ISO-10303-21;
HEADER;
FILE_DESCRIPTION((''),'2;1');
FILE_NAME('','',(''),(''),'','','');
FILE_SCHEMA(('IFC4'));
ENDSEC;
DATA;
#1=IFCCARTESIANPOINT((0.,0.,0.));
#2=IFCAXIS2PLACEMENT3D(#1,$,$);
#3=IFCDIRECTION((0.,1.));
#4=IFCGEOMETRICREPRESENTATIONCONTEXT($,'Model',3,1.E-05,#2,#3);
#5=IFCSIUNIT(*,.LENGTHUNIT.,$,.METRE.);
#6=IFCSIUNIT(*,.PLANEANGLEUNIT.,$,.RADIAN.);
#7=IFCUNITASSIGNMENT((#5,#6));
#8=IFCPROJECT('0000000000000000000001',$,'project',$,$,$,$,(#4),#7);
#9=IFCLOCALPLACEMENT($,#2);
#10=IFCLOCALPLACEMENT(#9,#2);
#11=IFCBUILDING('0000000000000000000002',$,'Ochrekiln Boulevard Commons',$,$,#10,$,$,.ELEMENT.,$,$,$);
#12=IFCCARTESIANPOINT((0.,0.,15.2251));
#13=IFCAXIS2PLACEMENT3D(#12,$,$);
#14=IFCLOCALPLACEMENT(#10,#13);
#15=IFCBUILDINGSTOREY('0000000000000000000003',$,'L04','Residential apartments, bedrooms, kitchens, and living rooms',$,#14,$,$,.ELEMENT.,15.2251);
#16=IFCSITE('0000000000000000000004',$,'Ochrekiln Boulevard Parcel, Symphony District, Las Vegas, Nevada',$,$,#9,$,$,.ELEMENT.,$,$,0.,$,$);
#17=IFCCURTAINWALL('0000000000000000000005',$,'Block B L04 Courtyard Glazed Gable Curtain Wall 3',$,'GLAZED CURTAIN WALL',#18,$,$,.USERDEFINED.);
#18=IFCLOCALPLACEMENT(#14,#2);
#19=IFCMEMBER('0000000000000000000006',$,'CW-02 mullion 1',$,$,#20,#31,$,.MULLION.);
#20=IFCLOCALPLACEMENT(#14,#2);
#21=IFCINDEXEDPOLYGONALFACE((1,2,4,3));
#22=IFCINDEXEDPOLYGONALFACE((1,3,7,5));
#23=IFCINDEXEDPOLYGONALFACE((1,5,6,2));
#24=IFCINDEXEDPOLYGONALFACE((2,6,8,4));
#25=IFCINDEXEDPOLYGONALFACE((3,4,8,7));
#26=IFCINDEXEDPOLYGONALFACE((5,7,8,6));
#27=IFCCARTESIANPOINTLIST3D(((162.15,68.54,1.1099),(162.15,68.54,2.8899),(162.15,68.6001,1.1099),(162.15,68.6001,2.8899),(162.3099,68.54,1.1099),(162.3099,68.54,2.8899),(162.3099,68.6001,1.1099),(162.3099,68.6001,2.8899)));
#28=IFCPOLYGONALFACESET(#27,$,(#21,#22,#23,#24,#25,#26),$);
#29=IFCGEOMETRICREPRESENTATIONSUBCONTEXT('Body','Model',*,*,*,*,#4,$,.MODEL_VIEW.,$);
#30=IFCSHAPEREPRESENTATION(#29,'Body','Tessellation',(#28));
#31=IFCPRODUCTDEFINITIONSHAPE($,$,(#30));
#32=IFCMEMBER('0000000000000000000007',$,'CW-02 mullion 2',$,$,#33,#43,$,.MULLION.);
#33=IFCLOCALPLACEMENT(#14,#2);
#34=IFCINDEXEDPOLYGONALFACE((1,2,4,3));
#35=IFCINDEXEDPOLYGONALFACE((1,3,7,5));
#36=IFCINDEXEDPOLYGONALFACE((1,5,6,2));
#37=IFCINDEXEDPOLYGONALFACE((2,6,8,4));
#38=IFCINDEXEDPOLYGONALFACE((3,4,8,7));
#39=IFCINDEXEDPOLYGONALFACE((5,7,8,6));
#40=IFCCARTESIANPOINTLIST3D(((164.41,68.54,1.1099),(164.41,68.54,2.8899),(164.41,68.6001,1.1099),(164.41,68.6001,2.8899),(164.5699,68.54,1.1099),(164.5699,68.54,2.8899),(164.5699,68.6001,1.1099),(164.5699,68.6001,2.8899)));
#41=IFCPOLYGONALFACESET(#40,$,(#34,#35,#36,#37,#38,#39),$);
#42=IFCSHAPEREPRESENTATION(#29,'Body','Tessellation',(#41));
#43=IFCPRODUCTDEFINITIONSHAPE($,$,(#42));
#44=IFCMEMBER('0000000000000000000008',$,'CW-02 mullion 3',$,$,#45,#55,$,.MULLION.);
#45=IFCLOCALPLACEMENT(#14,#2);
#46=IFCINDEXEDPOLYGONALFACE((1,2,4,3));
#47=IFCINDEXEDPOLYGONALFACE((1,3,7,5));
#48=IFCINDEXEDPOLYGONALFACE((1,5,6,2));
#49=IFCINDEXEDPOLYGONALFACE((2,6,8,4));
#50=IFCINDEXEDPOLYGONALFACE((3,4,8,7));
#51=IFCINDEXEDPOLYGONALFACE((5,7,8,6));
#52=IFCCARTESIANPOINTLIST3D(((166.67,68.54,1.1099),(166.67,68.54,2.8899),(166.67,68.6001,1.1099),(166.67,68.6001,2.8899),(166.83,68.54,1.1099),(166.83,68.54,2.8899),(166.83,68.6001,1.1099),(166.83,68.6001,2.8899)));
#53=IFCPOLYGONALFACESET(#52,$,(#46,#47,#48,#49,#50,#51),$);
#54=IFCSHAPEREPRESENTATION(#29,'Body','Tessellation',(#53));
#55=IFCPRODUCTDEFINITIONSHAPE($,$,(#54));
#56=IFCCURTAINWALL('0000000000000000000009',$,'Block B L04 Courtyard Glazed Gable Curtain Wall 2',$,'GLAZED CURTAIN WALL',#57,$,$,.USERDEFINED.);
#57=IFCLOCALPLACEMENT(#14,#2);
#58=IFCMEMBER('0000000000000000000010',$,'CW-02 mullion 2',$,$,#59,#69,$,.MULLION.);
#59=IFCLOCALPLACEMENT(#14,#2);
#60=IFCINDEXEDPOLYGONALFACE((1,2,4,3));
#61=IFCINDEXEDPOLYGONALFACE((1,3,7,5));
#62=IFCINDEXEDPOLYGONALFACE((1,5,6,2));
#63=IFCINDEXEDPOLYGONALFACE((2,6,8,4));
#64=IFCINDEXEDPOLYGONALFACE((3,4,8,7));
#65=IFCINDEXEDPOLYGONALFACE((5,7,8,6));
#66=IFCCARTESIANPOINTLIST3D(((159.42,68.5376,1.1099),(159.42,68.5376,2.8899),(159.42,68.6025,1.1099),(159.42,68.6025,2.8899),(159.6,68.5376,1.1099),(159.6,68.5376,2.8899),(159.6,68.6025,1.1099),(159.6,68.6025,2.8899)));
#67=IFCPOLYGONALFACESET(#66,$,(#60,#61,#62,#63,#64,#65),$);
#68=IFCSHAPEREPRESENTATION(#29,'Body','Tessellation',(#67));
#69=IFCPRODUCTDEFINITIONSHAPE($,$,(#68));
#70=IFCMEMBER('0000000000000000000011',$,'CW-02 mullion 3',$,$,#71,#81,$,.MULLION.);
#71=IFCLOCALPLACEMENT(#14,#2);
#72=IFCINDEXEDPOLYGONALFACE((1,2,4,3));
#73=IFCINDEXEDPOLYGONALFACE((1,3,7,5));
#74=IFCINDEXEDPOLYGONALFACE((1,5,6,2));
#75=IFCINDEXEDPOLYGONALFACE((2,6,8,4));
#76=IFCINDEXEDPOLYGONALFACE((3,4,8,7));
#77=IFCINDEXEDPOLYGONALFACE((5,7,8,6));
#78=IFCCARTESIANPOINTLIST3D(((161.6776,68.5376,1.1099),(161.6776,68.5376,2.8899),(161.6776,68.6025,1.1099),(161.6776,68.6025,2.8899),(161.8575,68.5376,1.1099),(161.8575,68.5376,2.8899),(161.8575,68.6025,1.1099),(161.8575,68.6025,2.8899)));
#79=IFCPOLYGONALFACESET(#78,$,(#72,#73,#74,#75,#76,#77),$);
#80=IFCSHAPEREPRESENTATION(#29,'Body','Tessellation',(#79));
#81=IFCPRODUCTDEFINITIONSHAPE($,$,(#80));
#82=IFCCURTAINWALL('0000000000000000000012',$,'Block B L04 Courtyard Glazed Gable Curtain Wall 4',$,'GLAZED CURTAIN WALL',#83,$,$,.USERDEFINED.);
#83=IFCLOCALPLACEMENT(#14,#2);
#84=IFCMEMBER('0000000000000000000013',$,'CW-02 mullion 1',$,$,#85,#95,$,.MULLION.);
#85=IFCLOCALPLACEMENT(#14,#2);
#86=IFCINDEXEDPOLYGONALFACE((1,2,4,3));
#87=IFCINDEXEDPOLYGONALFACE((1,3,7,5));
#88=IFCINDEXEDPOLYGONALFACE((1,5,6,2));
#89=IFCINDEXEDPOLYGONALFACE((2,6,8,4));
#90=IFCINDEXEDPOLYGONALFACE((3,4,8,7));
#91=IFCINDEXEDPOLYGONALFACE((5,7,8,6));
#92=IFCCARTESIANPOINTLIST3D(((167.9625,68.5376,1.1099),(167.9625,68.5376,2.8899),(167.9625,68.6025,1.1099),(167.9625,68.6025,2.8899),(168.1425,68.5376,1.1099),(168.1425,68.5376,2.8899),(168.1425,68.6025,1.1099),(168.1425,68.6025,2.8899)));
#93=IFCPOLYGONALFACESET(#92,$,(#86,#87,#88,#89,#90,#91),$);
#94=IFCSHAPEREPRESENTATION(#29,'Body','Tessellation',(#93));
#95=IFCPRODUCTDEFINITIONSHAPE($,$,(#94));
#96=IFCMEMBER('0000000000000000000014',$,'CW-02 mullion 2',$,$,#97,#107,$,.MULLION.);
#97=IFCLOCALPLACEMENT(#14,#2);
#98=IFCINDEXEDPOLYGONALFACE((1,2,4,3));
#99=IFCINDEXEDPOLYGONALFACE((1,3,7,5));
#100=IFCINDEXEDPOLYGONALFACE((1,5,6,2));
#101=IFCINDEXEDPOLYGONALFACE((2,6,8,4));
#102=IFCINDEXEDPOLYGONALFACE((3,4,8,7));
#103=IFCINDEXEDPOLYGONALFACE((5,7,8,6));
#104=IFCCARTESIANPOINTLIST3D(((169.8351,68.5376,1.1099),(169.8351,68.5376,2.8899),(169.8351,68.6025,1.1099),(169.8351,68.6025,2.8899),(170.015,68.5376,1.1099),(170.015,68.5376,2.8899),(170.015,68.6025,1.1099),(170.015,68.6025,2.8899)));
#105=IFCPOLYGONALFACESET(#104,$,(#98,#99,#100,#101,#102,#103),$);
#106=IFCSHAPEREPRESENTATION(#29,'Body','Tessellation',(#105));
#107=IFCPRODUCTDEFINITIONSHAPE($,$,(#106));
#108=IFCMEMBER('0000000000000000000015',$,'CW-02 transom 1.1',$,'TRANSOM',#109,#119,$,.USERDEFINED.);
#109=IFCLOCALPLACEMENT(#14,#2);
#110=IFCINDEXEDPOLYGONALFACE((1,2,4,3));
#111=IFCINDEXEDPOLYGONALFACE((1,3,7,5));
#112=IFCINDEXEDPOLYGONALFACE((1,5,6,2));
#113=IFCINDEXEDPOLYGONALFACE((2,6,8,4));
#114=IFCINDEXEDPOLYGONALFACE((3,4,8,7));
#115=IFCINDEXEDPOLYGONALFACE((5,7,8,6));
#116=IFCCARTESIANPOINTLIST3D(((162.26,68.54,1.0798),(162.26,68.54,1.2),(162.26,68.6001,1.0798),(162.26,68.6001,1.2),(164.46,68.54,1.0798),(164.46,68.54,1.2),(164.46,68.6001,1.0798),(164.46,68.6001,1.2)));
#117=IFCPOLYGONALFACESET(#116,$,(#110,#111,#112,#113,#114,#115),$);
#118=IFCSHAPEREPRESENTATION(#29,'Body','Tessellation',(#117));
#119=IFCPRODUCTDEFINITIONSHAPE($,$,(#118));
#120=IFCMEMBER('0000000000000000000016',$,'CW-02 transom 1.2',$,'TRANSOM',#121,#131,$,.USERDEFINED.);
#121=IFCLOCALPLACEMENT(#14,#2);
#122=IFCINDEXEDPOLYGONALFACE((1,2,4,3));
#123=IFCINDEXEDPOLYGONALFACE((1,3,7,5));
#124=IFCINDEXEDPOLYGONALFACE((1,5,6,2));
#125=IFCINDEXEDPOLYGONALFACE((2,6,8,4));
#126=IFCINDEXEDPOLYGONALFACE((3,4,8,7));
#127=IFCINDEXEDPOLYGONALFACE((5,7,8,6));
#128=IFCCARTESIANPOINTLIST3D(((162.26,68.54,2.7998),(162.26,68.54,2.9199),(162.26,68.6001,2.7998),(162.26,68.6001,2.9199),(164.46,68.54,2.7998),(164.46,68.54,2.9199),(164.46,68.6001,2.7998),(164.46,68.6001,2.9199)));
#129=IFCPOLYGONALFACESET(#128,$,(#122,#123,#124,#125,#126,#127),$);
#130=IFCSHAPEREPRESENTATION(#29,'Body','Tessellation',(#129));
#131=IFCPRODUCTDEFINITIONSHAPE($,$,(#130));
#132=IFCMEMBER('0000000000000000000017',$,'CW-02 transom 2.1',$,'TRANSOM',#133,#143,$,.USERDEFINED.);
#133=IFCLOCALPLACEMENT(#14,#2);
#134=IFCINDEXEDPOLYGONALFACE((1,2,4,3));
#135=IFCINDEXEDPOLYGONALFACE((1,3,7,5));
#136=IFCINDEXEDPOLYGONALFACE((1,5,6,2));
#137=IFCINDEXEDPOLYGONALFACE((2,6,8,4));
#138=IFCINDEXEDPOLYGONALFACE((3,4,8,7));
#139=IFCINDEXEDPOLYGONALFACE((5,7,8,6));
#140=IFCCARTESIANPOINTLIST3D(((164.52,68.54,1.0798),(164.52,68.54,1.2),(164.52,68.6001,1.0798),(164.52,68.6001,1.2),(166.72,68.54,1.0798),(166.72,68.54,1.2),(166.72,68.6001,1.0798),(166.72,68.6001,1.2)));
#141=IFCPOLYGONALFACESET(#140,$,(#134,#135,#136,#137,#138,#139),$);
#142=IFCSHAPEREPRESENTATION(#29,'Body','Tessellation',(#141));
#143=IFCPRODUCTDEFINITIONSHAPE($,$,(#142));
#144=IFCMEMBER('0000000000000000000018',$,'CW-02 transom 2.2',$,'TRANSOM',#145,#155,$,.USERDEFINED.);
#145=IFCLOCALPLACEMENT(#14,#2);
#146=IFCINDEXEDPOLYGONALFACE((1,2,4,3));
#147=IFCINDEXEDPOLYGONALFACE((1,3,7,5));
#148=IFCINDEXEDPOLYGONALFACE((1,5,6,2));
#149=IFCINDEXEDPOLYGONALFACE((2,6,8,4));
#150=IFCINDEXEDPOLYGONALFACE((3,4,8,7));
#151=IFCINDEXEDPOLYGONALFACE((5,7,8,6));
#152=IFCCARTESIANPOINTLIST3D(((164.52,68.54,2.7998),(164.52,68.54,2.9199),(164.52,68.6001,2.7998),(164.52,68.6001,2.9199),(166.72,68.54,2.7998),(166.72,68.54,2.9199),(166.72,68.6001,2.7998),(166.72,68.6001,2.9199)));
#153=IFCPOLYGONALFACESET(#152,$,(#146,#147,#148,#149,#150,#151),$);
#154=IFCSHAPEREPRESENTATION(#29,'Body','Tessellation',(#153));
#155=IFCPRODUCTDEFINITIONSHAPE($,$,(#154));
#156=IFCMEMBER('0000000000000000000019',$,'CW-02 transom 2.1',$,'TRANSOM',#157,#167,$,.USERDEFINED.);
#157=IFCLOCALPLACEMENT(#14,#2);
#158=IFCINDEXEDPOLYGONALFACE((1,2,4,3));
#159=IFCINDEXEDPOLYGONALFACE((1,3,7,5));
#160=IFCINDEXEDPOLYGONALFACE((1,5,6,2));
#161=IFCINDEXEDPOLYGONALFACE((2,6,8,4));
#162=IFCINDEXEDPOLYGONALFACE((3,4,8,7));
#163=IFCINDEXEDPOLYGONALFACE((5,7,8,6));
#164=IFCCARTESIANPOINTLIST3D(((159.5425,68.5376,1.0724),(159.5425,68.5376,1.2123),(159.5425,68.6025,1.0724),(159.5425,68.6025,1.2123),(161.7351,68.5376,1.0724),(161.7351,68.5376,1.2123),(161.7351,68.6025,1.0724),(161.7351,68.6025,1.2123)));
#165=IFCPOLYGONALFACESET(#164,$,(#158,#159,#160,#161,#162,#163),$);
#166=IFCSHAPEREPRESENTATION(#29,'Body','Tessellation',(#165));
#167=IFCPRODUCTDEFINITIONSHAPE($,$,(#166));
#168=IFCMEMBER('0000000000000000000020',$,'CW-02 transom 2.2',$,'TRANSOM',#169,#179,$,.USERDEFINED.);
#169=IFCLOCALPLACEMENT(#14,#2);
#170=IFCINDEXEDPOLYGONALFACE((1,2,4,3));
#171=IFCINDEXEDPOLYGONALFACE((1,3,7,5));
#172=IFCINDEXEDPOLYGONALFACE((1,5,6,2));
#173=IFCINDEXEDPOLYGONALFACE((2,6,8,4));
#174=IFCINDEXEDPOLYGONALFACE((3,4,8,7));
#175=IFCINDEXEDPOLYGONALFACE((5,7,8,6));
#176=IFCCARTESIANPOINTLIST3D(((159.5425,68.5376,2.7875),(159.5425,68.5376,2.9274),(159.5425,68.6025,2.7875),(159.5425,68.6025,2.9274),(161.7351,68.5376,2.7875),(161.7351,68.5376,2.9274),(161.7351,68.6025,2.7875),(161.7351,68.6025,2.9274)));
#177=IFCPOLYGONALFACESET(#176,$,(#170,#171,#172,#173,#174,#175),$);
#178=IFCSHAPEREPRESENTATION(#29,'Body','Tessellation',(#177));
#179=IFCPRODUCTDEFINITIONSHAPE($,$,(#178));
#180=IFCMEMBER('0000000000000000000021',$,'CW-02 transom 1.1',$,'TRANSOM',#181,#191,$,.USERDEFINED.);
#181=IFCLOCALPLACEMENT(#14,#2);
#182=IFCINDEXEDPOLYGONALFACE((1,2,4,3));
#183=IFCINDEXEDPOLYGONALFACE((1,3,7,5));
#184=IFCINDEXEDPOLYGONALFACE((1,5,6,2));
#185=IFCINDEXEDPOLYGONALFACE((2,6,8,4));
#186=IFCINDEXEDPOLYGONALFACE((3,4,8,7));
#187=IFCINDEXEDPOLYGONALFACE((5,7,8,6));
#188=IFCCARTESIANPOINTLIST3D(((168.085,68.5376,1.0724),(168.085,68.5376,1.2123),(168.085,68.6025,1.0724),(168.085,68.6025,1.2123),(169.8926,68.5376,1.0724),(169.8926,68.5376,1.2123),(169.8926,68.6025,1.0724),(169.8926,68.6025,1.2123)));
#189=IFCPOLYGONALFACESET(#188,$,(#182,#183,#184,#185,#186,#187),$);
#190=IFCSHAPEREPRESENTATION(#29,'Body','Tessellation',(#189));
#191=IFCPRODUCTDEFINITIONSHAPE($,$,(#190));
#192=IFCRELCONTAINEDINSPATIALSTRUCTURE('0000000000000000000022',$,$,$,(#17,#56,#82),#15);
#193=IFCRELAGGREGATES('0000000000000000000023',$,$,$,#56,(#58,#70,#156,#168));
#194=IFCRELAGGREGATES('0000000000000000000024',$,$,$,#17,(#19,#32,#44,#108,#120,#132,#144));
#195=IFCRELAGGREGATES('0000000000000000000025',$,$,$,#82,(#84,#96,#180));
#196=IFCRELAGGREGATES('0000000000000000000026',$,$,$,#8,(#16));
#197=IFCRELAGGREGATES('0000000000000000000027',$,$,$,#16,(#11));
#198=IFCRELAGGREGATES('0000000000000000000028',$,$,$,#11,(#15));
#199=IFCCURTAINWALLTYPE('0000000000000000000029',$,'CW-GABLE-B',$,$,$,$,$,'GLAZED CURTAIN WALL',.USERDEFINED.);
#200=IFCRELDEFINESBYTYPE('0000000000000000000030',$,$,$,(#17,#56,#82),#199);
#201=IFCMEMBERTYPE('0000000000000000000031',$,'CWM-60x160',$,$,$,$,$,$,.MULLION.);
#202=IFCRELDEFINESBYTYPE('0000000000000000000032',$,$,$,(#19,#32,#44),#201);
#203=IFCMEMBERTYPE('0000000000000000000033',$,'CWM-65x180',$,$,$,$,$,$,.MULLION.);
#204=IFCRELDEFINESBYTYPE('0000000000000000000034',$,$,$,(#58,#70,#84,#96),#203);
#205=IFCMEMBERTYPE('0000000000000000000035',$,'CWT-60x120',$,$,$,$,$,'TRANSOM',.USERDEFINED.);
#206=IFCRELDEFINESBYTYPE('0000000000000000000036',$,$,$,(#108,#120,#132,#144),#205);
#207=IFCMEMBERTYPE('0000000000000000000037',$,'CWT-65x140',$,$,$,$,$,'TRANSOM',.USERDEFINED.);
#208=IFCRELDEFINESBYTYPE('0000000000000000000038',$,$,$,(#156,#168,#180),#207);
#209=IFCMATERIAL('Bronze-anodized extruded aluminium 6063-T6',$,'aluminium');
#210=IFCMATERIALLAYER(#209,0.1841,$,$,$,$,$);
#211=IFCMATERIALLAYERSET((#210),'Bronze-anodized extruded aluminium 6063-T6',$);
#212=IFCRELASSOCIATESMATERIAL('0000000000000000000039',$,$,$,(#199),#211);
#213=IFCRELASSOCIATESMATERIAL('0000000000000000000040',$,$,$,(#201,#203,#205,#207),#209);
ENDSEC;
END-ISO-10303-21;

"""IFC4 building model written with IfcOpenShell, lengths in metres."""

from ifc_helpers import new_model, si_unit, direction, frame, origin, origin_2d, place, context, subcontext, project, spatial, rectangle, extrude, material, layer, layer_set, material_profile, profile_set, type_object, element, aggregate, save


model = new_model("IFC4")

# Units and contexts
model_context = context("Model", 3, precision=1e-05, world=origin(), true_north=direction((0.0, 1.0)))
body_context = subcontext(model_context, "Body", "Model", "MODEL_VIEW")
ifc_project = project(units=[si_unit("LENGTHUNIT", "METRE"), si_unit("PLANEANGLEUNIT", "RADIAN")], contexts=[model_context])

# Site, building, storey
site_placement = place(None, origin())
site = spatial("IfcSite", under=ifc_project, at=site_placement, Name="Ochrekiln Boulevard Parcel, Symphony District, Las Vegas, Nevada", CompositionType="ELEMENT", RefElevation=0.0)
building_placement = place(site_placement, origin())
building = spatial("IfcBuilding", under=site, at=building_placement, Name="Ochrekiln Boulevard Commons", CompositionType="ELEMENT")
storey_placement = place(building_placement, frame((0.0, 0.0, 15.2251)))
storey = spatial("IfcBuildingStorey", under=building, at=storey_placement, Name="L04", Description="Residential apartments, bedrooms, kitchens, and living rooms", CompositionType="ELEMENT", Elevation=15.2251)

# Curtain walls, members
ifc_material_1 = material(Name="Bronze-anodized extruded aluminium 6063-T6", Category="aluminium")
ifc_layer_1 = layer(ifc_material_1, 0.1841)
ifc_layer_set_1 = layer_set([ifc_layer_1], Name="Bronze-anodized extruded aluminium 6063-T6")
curtain_wall_type = type_object("IfcCurtainWallType", Name="CW-GABLE-B", ElementType="GLAZED CURTAIN WALL", PredefinedType="USERDEFINED", material=ifc_layer_set_1)
curtain_wall_1_placement = place(storey_placement, origin())
curtain_wall_1 = element("IfcCurtainWall", 1, at=curtain_wall_1_placement, inside=storey, type_object=curtain_wall_type, Name="Block B L04 Courtyard Glazed Gable Curtain Wall 3", ObjectType="GLAZED CURTAIN WALL", PredefinedType="USERDEFINED")
ifc_material_profile_1 = material_profile(ifc_material_1, rectangle(XDim=0.0601, YDim=0.1599, at=origin_2d()), Name="ALU-MUL-60x160")
ifc_profile_set_1 = profile_set([ifc_material_profile_1], Name="Bronze-anodized extruded aluminium 6063-T6")
member_type_1 = type_object("IfcMemberType", Name="CWM-60x160", PredefinedType="MULLION", material=ifc_profile_set_1)
member_1_placement = place(storey_placement, frame((162.23, 68.5701, 1.1099), z_axis=(0.0, 0.0, 1.0), x_axis=(0.0, 1.0, 0.0)))
member_1 = element("IfcMember", 2, at=member_1_placement, type_object=member_type_1, Name="CW-02 mullion 1", PredefinedType="MULLION", context=body_context, shape_type="SweptSolid", body=[
    extrude(rectangle(XDim=0.0601, YDim=0.1599, at=origin_2d()), origin(), (0.0, 0.0, 1.0), 1.78),
])
member_2_placement = place(storey_placement, frame((164.49, 68.5701, 1.1099), z_axis=(0.0, 0.0, 1.0), x_axis=(0.0, 1.0, 0.0)))
member_2 = element("IfcMember", 3, at=member_2_placement, type_object=member_type_1, Name="CW-02 mullion 2", PredefinedType="MULLION", context=body_context, shape_type="SweptSolid", body=[
    extrude(rectangle(XDim=0.0601, YDim=0.1599, at=origin_2d()), origin(), (0.0, 0.0, 1.0), 1.78),
])
member_3_placement = place(storey_placement, frame((166.75, 68.5701, 1.1099), z_axis=(0.0, 0.0, 1.0), x_axis=(0.0, 1.0, 0.0)))
member_3 = element("IfcMember", 4, at=member_3_placement, type_object=member_type_1, Name="CW-02 mullion 3", PredefinedType="MULLION", context=body_context, shape_type="SweptSolid", body=[
    extrude(rectangle(XDim=0.0601, YDim=0.1599, at=origin_2d()), origin(), (0.0, 0.0, 1.0), 1.78),
])
curtain_wall_2_placement = place(storey_placement, origin())
curtain_wall_2 = element("IfcCurtainWall", 5, at=curtain_wall_2_placement, inside=storey, type_object=curtain_wall_type, Name="Block B L04 Courtyard Glazed Gable Curtain Wall 2", ObjectType="GLAZED CURTAIN WALL", PredefinedType="USERDEFINED")
ifc_material_profile_2 = material_profile(ifc_material_1, rectangle(XDim=0.0649, YDim=0.1799, at=origin_2d()), Name="ALU-MUL-65x180")
ifc_profile_set_2 = profile_set([ifc_material_profile_2], Name="Bronze-anodized extruded aluminium 6063-T6")
member_type_2 = type_object("IfcMemberType", Name="CWM-65x180", PredefinedType="MULLION", material=ifc_profile_set_2)
member_4_placement = place(storey_placement, frame((159.51, 68.5701, 1.1099), z_axis=(0.0, 0.0, 1.0), x_axis=(0.0, 1.0, 0.0)))
member_4 = element("IfcMember", 6, at=member_4_placement, type_object=member_type_2, Name="CW-02 mullion 2", PredefinedType="MULLION", context=body_context, shape_type="SweptSolid", body=[
    extrude(rectangle(XDim=0.0649, YDim=0.1799, at=origin_2d()), origin(), (0.0, 0.0, 1.0), 1.78),
])
member_5_placement = place(storey_placement, frame((161.7676, 68.5701, 1.1099), z_axis=(0.0, 0.0, 1.0), x_axis=(0.0, 1.0, 0.0)))
member_5 = element("IfcMember", 7, at=member_5_placement, type_object=member_type_2, Name="CW-02 mullion 3", PredefinedType="MULLION", context=body_context, shape_type="SweptSolid", body=[
    extrude(rectangle(XDim=0.0649, YDim=0.1799, at=origin_2d()), origin(), (0.0, 0.0, 1.0), 1.78),
])
curtain_wall_3_placement = place(storey_placement, origin())
curtain_wall_3 = element("IfcCurtainWall", 8, at=curtain_wall_3_placement, inside=storey, type_object=curtain_wall_type, Name="Block B L04 Courtyard Glazed Gable Curtain Wall 4", ObjectType="GLAZED CURTAIN WALL", PredefinedType="USERDEFINED")
member_6_placement = place(storey_placement, frame((168.0525, 68.5701, 1.1099), z_axis=(0.0, 0.0, 1.0), x_axis=(0.0, 1.0, 0.0)))
member_6 = element("IfcMember", 9, at=member_6_placement, type_object=member_type_2, Name="CW-02 mullion 1", PredefinedType="MULLION", context=body_context, shape_type="SweptSolid", body=[
    extrude(rectangle(XDim=0.0649, YDim=0.1799, at=origin_2d()), origin(), (0.0, 0.0, 1.0), 1.78),
])
member_7_placement = place(storey_placement, frame((169.925, 68.5701, 1.1099), z_axis=(0.0, 0.0, 1.0), x_axis=(0.0, 1.0, 0.0)))
member_7 = element("IfcMember", 10, at=member_7_placement, type_object=member_type_2, Name="CW-02 mullion 2", PredefinedType="MULLION", context=body_context, shape_type="SweptSolid", body=[
    extrude(rectangle(XDim=0.0649, YDim=0.1799, at=origin_2d()), origin(), (0.0, 0.0, 1.0), 1.78),
])

# Members
ifc_material_profile_3 = material_profile(ifc_material_1, rectangle(XDim=0.0601, YDim=0.1201, at=origin_2d()), Name="ALU-TRN-60x120")
ifc_profile_set_3 = profile_set([ifc_material_profile_3], Name="Bronze-anodized extruded aluminium 6063-T6")
member_type_3 = type_object("IfcMemberType", Name="CWT-60x120", ElementType="TRANSOM", PredefinedType="USERDEFINED", material=ifc_profile_set_3)
member_8_placement = place(storey_placement, frame((162.26, 68.5701, 1.1399), z_axis=(1.0, 0.0, 0.0), x_axis=(0.0, 1.0, 0.0)))
member_8 = element("IfcMember", 11, at=member_8_placement, type_object=member_type_3, Name="CW-02 transom 1.1", ObjectType="TRANSOM", PredefinedType="USERDEFINED", context=body_context, shape_type="SweptSolid", body=[
    extrude(rectangle(XDim=0.0601, YDim=0.1201, at=origin_2d()), origin(), (0.0, 0.0, 1.0), 2.2),
])
member_9_placement = place(storey_placement, frame((162.26, 68.5701, 2.8599), z_axis=(1.0, 0.0, 0.0), x_axis=(0.0, 1.0, 0.0)))
member_9 = element("IfcMember", 12, at=member_9_placement, type_object=member_type_3, Name="CW-02 transom 1.2", ObjectType="TRANSOM", PredefinedType="USERDEFINED", context=body_context, shape_type="SweptSolid", body=[
    extrude(rectangle(XDim=0.0601, YDim=0.1201, at=origin_2d()), origin(), (0.0, 0.0, 1.0), 2.2),
])
member_10_placement = place(storey_placement, frame((164.52, 68.5701, 1.1399), z_axis=(1.0, 0.0, 0.0), x_axis=(0.0, 1.0, 0.0)))
member_10 = element("IfcMember", 13, at=member_10_placement, type_object=member_type_3, Name="CW-02 transom 2.1", ObjectType="TRANSOM", PredefinedType="USERDEFINED", context=body_context, shape_type="SweptSolid", body=[
    extrude(rectangle(XDim=0.0601, YDim=0.1201, at=origin_2d()), origin(), (0.0, 0.0, 1.0), 2.2),
])
member_11_placement = place(storey_placement, frame((164.52, 68.5701, 2.8599), z_axis=(1.0, 0.0, 0.0), x_axis=(0.0, 1.0, 0.0)))
member_11 = element("IfcMember", 14, at=member_11_placement, type_object=member_type_3, Name="CW-02 transom 2.2", ObjectType="TRANSOM", PredefinedType="USERDEFINED", context=body_context, shape_type="SweptSolid", body=[
    extrude(rectangle(XDim=0.0601, YDim=0.1201, at=origin_2d()), origin(), (0.0, 0.0, 1.0), 2.2),
])
ifc_material_profile_4 = material_profile(ifc_material_1, rectangle(XDim=0.0649, YDim=0.1399, at=origin_2d()), Name="ALU-TRN-65x140")
ifc_profile_set_4 = profile_set([ifc_material_profile_4], Name="Bronze-anodized extruded aluminium 6063-T6")
member_type_4 = type_object("IfcMemberType", Name="CWT-65x140", ElementType="TRANSOM", PredefinedType="USERDEFINED", material=ifc_profile_set_4)
member_12_placement = place(storey_placement, frame((159.5425, 68.5701, 1.1423), z_axis=(1.0, 0.0, 0.0), x_axis=(0.0, 1.0, 0.0)))
member_12 = element("IfcMember", 15, at=member_12_placement, type_object=member_type_4, Name="CW-02 transom 2.1", ObjectType="TRANSOM", PredefinedType="USERDEFINED", context=body_context, shape_type="SweptSolid", body=[
    extrude(rectangle(XDim=0.0649, YDim=0.1399, at=origin_2d()), origin(), (0.0, 0.0, 1.0), 2.1926),
])
member_13_placement = place(storey_placement, frame((159.5425, 68.5701, 2.8574), z_axis=(1.0, 0.0, 0.0), x_axis=(0.0, 1.0, 0.0)))
member_13 = element("IfcMember", 16, at=member_13_placement, type_object=member_type_4, Name="CW-02 transom 2.2", ObjectType="TRANSOM", PredefinedType="USERDEFINED", context=body_context, shape_type="SweptSolid", body=[
    extrude(rectangle(XDim=0.0649, YDim=0.1399, at=origin_2d()), origin(), (0.0, 0.0, 1.0), 2.1926),
])
member_14_placement = place(storey_placement, frame((168.085, 68.5701, 1.1423), z_axis=(1.0, 0.0, 0.0), x_axis=(0.0, 1.0, 0.0)))
member_14 = element("IfcMember", 17, at=member_14_placement, type_object=member_type_4, Name="CW-02 transom 1.1", ObjectType="TRANSOM", PredefinedType="USERDEFINED", context=body_context, shape_type="SweptSolid", body=[
    extrude(rectangle(XDim=0.0649, YDim=0.1399, at=origin_2d()), origin(), (0.0, 0.0, 1.0), 1.8076),
])

aggregate(curtain_wall_2, [member_4, member_5, member_12, member_13])
aggregate(curtain_wall_1, [member_1, member_2, member_3, member_8, member_9, member_10, member_11])
aggregate(curtain_wall_3, [member_6, member_7, member_14])

save(model, "model.ifc")
